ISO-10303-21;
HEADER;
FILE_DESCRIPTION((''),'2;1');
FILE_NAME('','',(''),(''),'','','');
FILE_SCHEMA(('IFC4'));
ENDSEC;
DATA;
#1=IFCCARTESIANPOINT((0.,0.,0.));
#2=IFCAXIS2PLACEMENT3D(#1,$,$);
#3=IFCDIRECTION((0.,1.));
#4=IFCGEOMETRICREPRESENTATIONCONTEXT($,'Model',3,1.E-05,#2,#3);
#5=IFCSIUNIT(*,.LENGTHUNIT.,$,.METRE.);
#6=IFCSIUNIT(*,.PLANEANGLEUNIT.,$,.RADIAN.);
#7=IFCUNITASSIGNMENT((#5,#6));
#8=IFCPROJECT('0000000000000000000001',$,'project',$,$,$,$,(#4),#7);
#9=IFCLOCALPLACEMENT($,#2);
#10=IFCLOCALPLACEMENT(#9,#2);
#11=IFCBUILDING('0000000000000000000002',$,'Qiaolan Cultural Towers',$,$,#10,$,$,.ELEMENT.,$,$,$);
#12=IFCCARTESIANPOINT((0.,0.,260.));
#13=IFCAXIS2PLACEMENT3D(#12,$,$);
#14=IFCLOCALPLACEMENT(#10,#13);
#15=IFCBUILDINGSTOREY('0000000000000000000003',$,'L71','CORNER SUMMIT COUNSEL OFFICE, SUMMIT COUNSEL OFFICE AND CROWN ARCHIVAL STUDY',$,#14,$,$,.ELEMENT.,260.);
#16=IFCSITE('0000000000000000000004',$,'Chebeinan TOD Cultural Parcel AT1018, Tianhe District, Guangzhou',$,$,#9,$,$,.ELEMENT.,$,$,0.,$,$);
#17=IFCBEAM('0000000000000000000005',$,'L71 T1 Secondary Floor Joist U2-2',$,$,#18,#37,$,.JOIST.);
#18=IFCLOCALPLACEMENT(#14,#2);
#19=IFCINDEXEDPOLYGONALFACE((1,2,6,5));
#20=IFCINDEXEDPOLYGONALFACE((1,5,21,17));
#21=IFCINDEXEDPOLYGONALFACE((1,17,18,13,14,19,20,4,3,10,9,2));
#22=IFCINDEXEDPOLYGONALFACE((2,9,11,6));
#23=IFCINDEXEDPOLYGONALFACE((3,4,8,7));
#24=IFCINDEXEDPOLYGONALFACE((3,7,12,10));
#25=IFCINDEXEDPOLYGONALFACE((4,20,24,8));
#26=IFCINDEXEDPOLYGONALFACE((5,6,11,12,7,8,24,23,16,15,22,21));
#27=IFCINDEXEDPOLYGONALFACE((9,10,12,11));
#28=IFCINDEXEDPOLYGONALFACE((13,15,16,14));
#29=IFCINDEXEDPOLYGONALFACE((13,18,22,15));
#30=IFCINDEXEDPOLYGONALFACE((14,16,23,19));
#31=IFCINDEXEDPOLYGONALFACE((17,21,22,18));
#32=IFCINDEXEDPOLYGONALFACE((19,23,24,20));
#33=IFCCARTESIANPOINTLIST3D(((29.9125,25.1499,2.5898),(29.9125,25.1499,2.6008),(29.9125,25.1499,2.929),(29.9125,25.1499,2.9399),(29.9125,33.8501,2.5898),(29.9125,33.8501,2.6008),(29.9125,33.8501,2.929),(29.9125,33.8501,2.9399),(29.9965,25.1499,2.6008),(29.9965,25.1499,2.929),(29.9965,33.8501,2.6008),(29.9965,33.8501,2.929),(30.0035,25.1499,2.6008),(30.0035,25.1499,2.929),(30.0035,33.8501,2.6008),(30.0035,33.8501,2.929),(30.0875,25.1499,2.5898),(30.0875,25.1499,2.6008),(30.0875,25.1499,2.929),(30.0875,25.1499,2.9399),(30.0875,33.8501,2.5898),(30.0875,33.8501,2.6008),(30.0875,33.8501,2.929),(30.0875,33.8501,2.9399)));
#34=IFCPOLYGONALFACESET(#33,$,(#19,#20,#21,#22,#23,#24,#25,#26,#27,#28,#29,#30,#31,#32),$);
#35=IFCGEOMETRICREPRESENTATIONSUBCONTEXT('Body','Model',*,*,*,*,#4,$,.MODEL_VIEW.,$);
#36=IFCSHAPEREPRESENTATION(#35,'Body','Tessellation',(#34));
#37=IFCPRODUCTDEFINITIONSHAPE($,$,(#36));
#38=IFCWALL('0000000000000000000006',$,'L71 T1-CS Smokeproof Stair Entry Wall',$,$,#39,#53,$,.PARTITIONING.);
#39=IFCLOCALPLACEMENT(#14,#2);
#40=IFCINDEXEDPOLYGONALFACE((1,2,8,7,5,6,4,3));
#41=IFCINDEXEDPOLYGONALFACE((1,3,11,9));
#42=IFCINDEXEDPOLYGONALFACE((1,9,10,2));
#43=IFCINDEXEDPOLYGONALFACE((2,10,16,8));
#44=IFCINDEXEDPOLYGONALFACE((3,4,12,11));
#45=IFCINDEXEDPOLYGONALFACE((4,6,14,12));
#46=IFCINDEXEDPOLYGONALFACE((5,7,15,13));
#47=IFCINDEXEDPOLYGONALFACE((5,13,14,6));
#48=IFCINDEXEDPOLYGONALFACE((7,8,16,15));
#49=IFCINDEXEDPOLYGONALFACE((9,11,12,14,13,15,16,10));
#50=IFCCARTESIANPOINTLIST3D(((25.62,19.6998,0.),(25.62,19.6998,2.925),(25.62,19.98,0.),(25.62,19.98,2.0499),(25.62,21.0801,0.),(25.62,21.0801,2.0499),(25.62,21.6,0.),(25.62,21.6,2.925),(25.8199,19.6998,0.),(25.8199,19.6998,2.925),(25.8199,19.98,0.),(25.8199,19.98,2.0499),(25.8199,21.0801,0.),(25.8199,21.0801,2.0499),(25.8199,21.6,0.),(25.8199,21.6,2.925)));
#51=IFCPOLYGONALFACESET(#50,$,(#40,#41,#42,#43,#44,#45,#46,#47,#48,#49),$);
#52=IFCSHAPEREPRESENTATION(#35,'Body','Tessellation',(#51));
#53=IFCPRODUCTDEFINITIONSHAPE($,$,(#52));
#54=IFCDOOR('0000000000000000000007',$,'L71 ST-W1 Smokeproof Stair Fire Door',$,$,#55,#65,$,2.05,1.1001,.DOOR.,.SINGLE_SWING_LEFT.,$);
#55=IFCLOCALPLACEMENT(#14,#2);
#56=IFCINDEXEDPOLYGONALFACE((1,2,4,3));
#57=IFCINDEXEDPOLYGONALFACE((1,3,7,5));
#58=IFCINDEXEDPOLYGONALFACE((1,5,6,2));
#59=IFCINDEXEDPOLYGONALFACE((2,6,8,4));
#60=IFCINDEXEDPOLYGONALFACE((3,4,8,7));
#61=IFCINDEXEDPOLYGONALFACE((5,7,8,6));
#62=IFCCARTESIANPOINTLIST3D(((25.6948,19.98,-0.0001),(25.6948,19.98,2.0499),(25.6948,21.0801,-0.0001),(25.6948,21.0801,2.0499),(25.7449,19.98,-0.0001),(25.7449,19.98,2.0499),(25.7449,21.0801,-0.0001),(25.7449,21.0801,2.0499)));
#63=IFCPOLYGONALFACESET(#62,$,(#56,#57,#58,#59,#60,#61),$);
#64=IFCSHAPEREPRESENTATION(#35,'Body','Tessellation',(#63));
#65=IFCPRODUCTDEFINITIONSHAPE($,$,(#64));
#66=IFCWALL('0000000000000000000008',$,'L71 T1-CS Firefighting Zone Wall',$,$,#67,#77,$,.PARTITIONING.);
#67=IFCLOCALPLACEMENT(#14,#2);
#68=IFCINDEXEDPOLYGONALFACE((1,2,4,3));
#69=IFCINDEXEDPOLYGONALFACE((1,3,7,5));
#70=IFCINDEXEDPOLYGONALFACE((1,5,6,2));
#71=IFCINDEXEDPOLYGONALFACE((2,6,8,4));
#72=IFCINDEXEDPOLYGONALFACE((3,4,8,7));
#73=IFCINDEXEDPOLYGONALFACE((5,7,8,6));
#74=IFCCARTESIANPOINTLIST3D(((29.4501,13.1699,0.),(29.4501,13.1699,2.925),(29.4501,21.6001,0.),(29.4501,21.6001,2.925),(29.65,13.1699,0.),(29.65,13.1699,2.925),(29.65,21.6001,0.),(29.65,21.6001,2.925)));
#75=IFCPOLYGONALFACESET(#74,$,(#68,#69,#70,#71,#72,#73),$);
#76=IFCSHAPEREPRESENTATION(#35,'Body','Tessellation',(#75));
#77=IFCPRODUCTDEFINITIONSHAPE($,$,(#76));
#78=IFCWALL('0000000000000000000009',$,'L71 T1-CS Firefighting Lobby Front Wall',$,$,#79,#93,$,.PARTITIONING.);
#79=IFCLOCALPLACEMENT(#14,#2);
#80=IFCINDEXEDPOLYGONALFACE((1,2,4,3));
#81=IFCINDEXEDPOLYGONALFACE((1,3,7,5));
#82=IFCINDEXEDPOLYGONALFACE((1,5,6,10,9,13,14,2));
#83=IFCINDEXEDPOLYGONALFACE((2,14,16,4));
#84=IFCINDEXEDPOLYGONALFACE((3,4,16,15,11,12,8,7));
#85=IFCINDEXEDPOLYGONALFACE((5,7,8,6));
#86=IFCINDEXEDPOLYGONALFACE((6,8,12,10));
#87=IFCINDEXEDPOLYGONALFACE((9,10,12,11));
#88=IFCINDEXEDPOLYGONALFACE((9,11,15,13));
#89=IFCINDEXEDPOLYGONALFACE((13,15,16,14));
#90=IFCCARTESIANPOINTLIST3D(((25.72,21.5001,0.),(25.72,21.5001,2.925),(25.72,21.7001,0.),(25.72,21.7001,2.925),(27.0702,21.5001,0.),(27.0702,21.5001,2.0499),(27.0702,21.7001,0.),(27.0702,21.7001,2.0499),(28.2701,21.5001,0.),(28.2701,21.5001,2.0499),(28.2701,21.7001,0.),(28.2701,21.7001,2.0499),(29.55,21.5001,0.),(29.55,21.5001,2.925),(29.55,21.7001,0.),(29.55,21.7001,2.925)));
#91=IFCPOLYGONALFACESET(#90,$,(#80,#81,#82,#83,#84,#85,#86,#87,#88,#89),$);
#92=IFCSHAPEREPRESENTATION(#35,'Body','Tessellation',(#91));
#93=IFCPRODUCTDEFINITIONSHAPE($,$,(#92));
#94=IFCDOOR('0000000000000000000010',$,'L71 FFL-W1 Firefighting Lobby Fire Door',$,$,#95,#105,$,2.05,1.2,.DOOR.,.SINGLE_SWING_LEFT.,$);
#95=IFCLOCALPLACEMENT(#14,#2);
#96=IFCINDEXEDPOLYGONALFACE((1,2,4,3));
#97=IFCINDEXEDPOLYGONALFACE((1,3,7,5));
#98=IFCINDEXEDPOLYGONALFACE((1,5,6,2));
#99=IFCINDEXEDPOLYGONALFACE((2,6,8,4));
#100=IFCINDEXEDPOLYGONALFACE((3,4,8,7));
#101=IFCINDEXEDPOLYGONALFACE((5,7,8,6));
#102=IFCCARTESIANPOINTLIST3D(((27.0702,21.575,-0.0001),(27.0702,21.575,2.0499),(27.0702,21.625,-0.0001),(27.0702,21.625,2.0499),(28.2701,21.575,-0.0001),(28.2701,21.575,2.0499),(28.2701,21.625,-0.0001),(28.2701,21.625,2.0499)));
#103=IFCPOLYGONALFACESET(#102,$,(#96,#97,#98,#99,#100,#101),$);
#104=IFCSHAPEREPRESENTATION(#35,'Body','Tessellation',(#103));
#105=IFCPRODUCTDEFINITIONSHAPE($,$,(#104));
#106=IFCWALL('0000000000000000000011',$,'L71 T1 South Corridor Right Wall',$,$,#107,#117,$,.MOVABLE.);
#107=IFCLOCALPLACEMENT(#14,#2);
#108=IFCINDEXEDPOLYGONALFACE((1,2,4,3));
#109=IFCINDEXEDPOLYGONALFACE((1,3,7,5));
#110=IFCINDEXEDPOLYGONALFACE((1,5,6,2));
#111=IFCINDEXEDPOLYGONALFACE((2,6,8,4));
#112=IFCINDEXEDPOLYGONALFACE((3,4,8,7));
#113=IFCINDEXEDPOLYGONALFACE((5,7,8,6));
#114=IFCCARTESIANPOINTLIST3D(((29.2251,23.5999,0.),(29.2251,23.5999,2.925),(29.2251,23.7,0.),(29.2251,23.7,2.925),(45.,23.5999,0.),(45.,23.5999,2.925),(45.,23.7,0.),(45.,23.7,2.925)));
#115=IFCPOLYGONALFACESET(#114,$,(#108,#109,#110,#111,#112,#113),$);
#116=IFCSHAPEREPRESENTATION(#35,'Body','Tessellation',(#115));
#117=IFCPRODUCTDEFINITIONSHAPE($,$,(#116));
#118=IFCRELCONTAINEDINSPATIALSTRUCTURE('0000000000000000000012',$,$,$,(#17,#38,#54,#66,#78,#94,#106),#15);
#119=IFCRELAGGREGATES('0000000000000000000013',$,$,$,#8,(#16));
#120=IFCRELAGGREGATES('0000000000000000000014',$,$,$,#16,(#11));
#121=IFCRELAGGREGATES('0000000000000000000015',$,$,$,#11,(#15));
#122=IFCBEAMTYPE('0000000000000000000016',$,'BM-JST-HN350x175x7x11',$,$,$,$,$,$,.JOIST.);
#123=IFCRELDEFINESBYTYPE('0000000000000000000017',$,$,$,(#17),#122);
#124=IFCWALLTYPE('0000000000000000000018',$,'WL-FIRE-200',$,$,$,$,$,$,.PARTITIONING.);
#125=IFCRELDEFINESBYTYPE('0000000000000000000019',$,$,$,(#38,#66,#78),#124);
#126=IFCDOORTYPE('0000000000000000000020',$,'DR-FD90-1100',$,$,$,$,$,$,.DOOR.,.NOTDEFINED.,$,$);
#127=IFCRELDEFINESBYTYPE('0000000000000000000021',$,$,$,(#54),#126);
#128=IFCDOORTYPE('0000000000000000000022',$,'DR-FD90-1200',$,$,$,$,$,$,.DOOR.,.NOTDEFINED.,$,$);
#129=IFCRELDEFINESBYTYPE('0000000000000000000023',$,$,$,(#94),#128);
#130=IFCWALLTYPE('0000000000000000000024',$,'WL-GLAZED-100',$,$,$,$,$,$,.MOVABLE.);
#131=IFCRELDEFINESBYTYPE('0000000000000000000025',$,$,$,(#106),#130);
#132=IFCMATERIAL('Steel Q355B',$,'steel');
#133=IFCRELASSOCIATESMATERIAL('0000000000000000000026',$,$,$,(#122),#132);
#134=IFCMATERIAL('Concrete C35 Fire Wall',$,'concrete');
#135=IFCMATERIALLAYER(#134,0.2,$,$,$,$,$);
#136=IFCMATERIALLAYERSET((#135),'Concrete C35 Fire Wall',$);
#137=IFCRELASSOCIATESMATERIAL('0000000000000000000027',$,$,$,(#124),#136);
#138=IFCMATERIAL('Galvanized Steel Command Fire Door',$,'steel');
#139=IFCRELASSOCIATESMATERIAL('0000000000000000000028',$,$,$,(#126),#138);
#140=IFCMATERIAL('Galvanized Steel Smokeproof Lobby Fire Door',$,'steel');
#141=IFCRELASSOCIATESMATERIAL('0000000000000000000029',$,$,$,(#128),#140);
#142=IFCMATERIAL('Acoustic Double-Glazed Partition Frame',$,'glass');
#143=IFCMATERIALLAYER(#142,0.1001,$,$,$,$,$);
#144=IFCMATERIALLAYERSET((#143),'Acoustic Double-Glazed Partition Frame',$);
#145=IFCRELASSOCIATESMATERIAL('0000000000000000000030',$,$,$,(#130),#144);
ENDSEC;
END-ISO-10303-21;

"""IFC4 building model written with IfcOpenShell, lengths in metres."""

from ifc_helpers import new_model, si_unit, direction, frame, frame_2d, origin, origin_2d, place, context, subcontext, project, spatial, rectangle, i_section, extrude, material, layer, layer_set, material_profile, profile_set, type_object, element, fill, save


model = new_model("IFC4")

# Units and contexts
model_context = context("Model", 3, precision=1e-05, world=origin(), true_north=direction((0.0, 1.0)))
body_context = subcontext(model_context, "Body", "Model", "MODEL_VIEW")
ifc_project = project(units=[si_unit("LENGTHUNIT", "METRE"), si_unit("PLANEANGLEUNIT", "RADIAN")], contexts=[model_context])

# Site, building, storey
site_placement = place(None, origin())
site = spatial("IfcSite", under=ifc_project, at=site_placement, Name="Chebeinan TOD Cultural Parcel AT1018, Tianhe District, Guangzhou", CompositionType="ELEMENT", RefElevation=0.0)
building_placement = place(site_placement, origin())
building = spatial("IfcBuilding", under=site, at=building_placement, Name="Qiaolan Cultural Towers", CompositionType="ELEMENT")
storey_placement = place(building_placement, frame((0.0, 0.0, 260.0)))
storey = spatial("IfcBuildingStorey", under=building, at=storey_placement, Name="L71", Description="CORNER SUMMIT COUNSEL OFFICE, SUMMIT COUNSEL OFFICE AND CROWN ARCHIVAL STUDY", CompositionType="ELEMENT", Elevation=260.0)

# Beam
ifc_material_1 = material(Name="Steel Q355B", Category="steel")
ifc_material_profile = material_profile(ifc_material_1, i_section(OverallWidth=0.175, OverallDepth=0.3501, WebThickness=0.0071, FlangeThickness=0.011, at=origin_2d()), Name="HN350x175x7x11")
ifc_profile_set = profile_set([ifc_material_profile], Name="Steel Q355B")
beam_type = type_object("IfcBeamType", Name="BM-JST-HN350x175x7x11", PredefinedType="JOIST", material=ifc_profile_set)
beam_placement = place(storey_placement, frame((30.0, 25.1499, 2.7649), z_axis=(0.0, 1.0, 0.0), x_axis=(-1.0, 0.0, 0.0)))
element("IfcBeam", 1, at=beam_placement, inside=storey, type_object=beam_type, Name="L71 T1 Secondary Floor Joist U2-2", PredefinedType="JOIST", context=body_context, shape_type="SweptSolid", body=[
    extrude(i_section(OverallWidth=0.175, OverallDepth=0.3501, WebThickness=0.0071, FlangeThickness=0.011, at=origin_2d()), origin(), (0.0, 0.0, 1.0), 8.7002),
])

# Wall, opening, door
ifc_material_2 = material(Name="Concrete C35 Fire Wall", Category="concrete")
ifc_layer_1 = layer(ifc_material_2, 0.2)
ifc_layer_set_1 = layer_set([ifc_layer_1], Name="Concrete C35 Fire Wall")
wall_type_1 = type_object("IfcWallType", Name="WL-FIRE-200", PredefinedType="PARTITIONING", material=ifc_layer_set_1)
wall_1_placement = place(storey_placement, frame((25.72, 21.6001, 0.0), z_axis=(0.0, 0.0, 1.0), x_axis=(0.0, -1.0, 0.0)))
wall_1 = element("IfcWall", 2, at=wall_1_placement, inside=storey, type_object=wall_type_1, Name="L71 T1-CS Smokeproof Stair Entry Wall", PredefinedType="PARTITIONING", context=body_context, shape_type="SweptSolid", body=[
    extrude(rectangle(XDim=1.9001, YDim=0.2, at=frame_2d((0.9502, 0.0))), origin(), (0.0, 0.0, 1.0), 2.925),
])
opening_1_placement = place(wall_1_placement, frame((0.52, 0.0, 0.0)))
opening_1 = element("IfcOpeningElement", 3, at=opening_1_placement, cuts=wall_1, PredefinedType="OPENING", context=body_context, shape_type="SweptSolid", body=[
    extrude(rectangle(XDim=1.1001, YDim=2.05, at=frame_2d((0.55, 1.0249))), frame((0.0, 0.1099, 0.0), z_axis=(0.0, -1.0, 0.0), x_axis=(1.0, 0.0, 0.0)), (0.0, 0.0, 1.0), 0.22),
])
ifc_material_3 = material(Name="Galvanized Steel Command Fire Door", Category="steel")
door_type_1 = type_object("IfcDoorType", Name="DR-FD90-1100", OperationType="NOTDEFINED", PredefinedType="DOOR", material=ifc_material_3)
door_1_placement = place(opening_1_placement, origin())
door_1 = element("IfcDoor", 4, at=door_1_placement, inside=storey, type_object=door_type_1, Name="L71 ST-W1 Smokeproof Stair Fire Door", OperationType="SINGLE_SWING_LEFT", OverallHeight=2.05, OverallWidth=1.1001, PredefinedType="DOOR", context=body_context, shape_type="SweptSolid", body=[
    extrude(rectangle(XDim=1.1001, YDim=2.05, at=frame_2d((0.55, 1.0249))), frame((0.0, 0.0249, 0.0), z_axis=(0.0, -1.0, 0.0), x_axis=(1.0, 0.0, 0.0)), (0.0, 0.0, 1.0), 0.05),
])
fill(opening_1, door_1)

# Wall
wall_2_placement = place(storey_placement, frame((29.55, 21.6001, 0.0), z_axis=(0.0, 0.0, 1.0), x_axis=(0.0, -1.0, 0.0)))
element("IfcWall", 5, at=wall_2_placement, inside=storey, type_object=wall_type_1, Name="L71 T1-CS Firefighting Zone Wall", PredefinedType="PARTITIONING", context=body_context, shape_type="SweptSolid", body=[
    extrude(rectangle(XDim=8.4302, YDim=0.2, at=frame_2d((4.2151, 0.0))), origin(), (0.0, 0.0, 1.0), 2.925),
])

# Wall, opening, door
wall_3_placement = place(storey_placement, frame((25.72, 21.6001, 0.0), z_axis=(0.0, 0.0, 1.0), x_axis=(1.0, 0.0, 0.0)))
wall_3 = element("IfcWall", 6, at=wall_3_placement, inside=storey, type_object=wall_type_1, Name="L71 T1-CS Firefighting Lobby Front Wall", PredefinedType="PARTITIONING", context=body_context, shape_type="SweptSolid", body=[
    extrude(rectangle(XDim=3.8301, YDim=0.2, at=frame_2d((1.915, 0.0))), origin(), (0.0, 0.0, 1.0), 2.925),
])
opening_2_placement = place(wall_3_placement, frame((1.3501, 0.0, 0.0)))
opening_2 = element("IfcOpeningElement", 7, at=opening_2_placement, cuts=wall_3, PredefinedType="OPENING", context=body_context, shape_type="SweptSolid", body=[
    extrude(rectangle(XDim=1.2, YDim=2.05, at=frame_2d((0.6001, 1.0249))), frame((0.0, 0.1099, 0.0), z_axis=(0.0, -1.0, 0.0), x_axis=(1.0, 0.0, 0.0)), (0.0, 0.0, 1.0), 0.22),
])
ifc_material_4 = material(Name="Galvanized Steel Smokeproof Lobby Fire Door", Category="steel")
door_type_2 = type_object("IfcDoorType", Name="DR-FD90-1200", OperationType="NOTDEFINED", PredefinedType="DOOR", material=ifc_material_4)
door_2_placement = place(opening_2_placement, origin())
door_2 = element("IfcDoor", 8, at=door_2_placement, inside=storey, type_object=door_type_2, Name="L71 FFL-W1 Firefighting Lobby Fire Door", OperationType="SINGLE_SWING_LEFT", OverallHeight=2.05, OverallWidth=1.2, PredefinedType="DOOR", context=body_context, shape_type="SweptSolid", body=[
    extrude(rectangle(XDim=1.2, YDim=2.05, at=frame_2d((0.6001, 1.0249))), frame((0.0, 0.0249, 0.0), z_axis=(0.0, -1.0, 0.0), x_axis=(1.0, 0.0, 0.0)), (0.0, 0.0, 1.0), 0.05),
])
fill(opening_2, door_2)

# Wall
ifc_material_5 = material(Name="Acoustic Double-Glazed Partition Frame", Category="glass")
ifc_layer_2 = layer(ifc_material_5, 0.1001)
ifc_layer_set_2 = layer_set([ifc_layer_2], Name="Acoustic Double-Glazed Partition Frame")
wall_type_2 = type_object("IfcWallType", Name="WL-GLAZED-100", PredefinedType="MOVABLE", material=ifc_layer_set_2)
wall_4_placement = place(storey_placement, frame((29.2251, 23.6499, 0.0), z_axis=(0.0, 0.0, 1.0), x_axis=(1.0, 0.0, 0.0)))
element("IfcWall", 9, at=wall_4_placement, inside=storey, type_object=wall_type_2, Name="L71 T1 South Corridor Right Wall", PredefinedType="MOVABLE", context=body_context, shape_type="SweptSolid", body=[
    extrude(rectangle(XDim=15.7749, YDim=0.1001, at=frame_2d((7.8875, 0.0))), origin(), (0.0, 0.0, 1.0), 2.925),
])

save(model, "model.ifc")
